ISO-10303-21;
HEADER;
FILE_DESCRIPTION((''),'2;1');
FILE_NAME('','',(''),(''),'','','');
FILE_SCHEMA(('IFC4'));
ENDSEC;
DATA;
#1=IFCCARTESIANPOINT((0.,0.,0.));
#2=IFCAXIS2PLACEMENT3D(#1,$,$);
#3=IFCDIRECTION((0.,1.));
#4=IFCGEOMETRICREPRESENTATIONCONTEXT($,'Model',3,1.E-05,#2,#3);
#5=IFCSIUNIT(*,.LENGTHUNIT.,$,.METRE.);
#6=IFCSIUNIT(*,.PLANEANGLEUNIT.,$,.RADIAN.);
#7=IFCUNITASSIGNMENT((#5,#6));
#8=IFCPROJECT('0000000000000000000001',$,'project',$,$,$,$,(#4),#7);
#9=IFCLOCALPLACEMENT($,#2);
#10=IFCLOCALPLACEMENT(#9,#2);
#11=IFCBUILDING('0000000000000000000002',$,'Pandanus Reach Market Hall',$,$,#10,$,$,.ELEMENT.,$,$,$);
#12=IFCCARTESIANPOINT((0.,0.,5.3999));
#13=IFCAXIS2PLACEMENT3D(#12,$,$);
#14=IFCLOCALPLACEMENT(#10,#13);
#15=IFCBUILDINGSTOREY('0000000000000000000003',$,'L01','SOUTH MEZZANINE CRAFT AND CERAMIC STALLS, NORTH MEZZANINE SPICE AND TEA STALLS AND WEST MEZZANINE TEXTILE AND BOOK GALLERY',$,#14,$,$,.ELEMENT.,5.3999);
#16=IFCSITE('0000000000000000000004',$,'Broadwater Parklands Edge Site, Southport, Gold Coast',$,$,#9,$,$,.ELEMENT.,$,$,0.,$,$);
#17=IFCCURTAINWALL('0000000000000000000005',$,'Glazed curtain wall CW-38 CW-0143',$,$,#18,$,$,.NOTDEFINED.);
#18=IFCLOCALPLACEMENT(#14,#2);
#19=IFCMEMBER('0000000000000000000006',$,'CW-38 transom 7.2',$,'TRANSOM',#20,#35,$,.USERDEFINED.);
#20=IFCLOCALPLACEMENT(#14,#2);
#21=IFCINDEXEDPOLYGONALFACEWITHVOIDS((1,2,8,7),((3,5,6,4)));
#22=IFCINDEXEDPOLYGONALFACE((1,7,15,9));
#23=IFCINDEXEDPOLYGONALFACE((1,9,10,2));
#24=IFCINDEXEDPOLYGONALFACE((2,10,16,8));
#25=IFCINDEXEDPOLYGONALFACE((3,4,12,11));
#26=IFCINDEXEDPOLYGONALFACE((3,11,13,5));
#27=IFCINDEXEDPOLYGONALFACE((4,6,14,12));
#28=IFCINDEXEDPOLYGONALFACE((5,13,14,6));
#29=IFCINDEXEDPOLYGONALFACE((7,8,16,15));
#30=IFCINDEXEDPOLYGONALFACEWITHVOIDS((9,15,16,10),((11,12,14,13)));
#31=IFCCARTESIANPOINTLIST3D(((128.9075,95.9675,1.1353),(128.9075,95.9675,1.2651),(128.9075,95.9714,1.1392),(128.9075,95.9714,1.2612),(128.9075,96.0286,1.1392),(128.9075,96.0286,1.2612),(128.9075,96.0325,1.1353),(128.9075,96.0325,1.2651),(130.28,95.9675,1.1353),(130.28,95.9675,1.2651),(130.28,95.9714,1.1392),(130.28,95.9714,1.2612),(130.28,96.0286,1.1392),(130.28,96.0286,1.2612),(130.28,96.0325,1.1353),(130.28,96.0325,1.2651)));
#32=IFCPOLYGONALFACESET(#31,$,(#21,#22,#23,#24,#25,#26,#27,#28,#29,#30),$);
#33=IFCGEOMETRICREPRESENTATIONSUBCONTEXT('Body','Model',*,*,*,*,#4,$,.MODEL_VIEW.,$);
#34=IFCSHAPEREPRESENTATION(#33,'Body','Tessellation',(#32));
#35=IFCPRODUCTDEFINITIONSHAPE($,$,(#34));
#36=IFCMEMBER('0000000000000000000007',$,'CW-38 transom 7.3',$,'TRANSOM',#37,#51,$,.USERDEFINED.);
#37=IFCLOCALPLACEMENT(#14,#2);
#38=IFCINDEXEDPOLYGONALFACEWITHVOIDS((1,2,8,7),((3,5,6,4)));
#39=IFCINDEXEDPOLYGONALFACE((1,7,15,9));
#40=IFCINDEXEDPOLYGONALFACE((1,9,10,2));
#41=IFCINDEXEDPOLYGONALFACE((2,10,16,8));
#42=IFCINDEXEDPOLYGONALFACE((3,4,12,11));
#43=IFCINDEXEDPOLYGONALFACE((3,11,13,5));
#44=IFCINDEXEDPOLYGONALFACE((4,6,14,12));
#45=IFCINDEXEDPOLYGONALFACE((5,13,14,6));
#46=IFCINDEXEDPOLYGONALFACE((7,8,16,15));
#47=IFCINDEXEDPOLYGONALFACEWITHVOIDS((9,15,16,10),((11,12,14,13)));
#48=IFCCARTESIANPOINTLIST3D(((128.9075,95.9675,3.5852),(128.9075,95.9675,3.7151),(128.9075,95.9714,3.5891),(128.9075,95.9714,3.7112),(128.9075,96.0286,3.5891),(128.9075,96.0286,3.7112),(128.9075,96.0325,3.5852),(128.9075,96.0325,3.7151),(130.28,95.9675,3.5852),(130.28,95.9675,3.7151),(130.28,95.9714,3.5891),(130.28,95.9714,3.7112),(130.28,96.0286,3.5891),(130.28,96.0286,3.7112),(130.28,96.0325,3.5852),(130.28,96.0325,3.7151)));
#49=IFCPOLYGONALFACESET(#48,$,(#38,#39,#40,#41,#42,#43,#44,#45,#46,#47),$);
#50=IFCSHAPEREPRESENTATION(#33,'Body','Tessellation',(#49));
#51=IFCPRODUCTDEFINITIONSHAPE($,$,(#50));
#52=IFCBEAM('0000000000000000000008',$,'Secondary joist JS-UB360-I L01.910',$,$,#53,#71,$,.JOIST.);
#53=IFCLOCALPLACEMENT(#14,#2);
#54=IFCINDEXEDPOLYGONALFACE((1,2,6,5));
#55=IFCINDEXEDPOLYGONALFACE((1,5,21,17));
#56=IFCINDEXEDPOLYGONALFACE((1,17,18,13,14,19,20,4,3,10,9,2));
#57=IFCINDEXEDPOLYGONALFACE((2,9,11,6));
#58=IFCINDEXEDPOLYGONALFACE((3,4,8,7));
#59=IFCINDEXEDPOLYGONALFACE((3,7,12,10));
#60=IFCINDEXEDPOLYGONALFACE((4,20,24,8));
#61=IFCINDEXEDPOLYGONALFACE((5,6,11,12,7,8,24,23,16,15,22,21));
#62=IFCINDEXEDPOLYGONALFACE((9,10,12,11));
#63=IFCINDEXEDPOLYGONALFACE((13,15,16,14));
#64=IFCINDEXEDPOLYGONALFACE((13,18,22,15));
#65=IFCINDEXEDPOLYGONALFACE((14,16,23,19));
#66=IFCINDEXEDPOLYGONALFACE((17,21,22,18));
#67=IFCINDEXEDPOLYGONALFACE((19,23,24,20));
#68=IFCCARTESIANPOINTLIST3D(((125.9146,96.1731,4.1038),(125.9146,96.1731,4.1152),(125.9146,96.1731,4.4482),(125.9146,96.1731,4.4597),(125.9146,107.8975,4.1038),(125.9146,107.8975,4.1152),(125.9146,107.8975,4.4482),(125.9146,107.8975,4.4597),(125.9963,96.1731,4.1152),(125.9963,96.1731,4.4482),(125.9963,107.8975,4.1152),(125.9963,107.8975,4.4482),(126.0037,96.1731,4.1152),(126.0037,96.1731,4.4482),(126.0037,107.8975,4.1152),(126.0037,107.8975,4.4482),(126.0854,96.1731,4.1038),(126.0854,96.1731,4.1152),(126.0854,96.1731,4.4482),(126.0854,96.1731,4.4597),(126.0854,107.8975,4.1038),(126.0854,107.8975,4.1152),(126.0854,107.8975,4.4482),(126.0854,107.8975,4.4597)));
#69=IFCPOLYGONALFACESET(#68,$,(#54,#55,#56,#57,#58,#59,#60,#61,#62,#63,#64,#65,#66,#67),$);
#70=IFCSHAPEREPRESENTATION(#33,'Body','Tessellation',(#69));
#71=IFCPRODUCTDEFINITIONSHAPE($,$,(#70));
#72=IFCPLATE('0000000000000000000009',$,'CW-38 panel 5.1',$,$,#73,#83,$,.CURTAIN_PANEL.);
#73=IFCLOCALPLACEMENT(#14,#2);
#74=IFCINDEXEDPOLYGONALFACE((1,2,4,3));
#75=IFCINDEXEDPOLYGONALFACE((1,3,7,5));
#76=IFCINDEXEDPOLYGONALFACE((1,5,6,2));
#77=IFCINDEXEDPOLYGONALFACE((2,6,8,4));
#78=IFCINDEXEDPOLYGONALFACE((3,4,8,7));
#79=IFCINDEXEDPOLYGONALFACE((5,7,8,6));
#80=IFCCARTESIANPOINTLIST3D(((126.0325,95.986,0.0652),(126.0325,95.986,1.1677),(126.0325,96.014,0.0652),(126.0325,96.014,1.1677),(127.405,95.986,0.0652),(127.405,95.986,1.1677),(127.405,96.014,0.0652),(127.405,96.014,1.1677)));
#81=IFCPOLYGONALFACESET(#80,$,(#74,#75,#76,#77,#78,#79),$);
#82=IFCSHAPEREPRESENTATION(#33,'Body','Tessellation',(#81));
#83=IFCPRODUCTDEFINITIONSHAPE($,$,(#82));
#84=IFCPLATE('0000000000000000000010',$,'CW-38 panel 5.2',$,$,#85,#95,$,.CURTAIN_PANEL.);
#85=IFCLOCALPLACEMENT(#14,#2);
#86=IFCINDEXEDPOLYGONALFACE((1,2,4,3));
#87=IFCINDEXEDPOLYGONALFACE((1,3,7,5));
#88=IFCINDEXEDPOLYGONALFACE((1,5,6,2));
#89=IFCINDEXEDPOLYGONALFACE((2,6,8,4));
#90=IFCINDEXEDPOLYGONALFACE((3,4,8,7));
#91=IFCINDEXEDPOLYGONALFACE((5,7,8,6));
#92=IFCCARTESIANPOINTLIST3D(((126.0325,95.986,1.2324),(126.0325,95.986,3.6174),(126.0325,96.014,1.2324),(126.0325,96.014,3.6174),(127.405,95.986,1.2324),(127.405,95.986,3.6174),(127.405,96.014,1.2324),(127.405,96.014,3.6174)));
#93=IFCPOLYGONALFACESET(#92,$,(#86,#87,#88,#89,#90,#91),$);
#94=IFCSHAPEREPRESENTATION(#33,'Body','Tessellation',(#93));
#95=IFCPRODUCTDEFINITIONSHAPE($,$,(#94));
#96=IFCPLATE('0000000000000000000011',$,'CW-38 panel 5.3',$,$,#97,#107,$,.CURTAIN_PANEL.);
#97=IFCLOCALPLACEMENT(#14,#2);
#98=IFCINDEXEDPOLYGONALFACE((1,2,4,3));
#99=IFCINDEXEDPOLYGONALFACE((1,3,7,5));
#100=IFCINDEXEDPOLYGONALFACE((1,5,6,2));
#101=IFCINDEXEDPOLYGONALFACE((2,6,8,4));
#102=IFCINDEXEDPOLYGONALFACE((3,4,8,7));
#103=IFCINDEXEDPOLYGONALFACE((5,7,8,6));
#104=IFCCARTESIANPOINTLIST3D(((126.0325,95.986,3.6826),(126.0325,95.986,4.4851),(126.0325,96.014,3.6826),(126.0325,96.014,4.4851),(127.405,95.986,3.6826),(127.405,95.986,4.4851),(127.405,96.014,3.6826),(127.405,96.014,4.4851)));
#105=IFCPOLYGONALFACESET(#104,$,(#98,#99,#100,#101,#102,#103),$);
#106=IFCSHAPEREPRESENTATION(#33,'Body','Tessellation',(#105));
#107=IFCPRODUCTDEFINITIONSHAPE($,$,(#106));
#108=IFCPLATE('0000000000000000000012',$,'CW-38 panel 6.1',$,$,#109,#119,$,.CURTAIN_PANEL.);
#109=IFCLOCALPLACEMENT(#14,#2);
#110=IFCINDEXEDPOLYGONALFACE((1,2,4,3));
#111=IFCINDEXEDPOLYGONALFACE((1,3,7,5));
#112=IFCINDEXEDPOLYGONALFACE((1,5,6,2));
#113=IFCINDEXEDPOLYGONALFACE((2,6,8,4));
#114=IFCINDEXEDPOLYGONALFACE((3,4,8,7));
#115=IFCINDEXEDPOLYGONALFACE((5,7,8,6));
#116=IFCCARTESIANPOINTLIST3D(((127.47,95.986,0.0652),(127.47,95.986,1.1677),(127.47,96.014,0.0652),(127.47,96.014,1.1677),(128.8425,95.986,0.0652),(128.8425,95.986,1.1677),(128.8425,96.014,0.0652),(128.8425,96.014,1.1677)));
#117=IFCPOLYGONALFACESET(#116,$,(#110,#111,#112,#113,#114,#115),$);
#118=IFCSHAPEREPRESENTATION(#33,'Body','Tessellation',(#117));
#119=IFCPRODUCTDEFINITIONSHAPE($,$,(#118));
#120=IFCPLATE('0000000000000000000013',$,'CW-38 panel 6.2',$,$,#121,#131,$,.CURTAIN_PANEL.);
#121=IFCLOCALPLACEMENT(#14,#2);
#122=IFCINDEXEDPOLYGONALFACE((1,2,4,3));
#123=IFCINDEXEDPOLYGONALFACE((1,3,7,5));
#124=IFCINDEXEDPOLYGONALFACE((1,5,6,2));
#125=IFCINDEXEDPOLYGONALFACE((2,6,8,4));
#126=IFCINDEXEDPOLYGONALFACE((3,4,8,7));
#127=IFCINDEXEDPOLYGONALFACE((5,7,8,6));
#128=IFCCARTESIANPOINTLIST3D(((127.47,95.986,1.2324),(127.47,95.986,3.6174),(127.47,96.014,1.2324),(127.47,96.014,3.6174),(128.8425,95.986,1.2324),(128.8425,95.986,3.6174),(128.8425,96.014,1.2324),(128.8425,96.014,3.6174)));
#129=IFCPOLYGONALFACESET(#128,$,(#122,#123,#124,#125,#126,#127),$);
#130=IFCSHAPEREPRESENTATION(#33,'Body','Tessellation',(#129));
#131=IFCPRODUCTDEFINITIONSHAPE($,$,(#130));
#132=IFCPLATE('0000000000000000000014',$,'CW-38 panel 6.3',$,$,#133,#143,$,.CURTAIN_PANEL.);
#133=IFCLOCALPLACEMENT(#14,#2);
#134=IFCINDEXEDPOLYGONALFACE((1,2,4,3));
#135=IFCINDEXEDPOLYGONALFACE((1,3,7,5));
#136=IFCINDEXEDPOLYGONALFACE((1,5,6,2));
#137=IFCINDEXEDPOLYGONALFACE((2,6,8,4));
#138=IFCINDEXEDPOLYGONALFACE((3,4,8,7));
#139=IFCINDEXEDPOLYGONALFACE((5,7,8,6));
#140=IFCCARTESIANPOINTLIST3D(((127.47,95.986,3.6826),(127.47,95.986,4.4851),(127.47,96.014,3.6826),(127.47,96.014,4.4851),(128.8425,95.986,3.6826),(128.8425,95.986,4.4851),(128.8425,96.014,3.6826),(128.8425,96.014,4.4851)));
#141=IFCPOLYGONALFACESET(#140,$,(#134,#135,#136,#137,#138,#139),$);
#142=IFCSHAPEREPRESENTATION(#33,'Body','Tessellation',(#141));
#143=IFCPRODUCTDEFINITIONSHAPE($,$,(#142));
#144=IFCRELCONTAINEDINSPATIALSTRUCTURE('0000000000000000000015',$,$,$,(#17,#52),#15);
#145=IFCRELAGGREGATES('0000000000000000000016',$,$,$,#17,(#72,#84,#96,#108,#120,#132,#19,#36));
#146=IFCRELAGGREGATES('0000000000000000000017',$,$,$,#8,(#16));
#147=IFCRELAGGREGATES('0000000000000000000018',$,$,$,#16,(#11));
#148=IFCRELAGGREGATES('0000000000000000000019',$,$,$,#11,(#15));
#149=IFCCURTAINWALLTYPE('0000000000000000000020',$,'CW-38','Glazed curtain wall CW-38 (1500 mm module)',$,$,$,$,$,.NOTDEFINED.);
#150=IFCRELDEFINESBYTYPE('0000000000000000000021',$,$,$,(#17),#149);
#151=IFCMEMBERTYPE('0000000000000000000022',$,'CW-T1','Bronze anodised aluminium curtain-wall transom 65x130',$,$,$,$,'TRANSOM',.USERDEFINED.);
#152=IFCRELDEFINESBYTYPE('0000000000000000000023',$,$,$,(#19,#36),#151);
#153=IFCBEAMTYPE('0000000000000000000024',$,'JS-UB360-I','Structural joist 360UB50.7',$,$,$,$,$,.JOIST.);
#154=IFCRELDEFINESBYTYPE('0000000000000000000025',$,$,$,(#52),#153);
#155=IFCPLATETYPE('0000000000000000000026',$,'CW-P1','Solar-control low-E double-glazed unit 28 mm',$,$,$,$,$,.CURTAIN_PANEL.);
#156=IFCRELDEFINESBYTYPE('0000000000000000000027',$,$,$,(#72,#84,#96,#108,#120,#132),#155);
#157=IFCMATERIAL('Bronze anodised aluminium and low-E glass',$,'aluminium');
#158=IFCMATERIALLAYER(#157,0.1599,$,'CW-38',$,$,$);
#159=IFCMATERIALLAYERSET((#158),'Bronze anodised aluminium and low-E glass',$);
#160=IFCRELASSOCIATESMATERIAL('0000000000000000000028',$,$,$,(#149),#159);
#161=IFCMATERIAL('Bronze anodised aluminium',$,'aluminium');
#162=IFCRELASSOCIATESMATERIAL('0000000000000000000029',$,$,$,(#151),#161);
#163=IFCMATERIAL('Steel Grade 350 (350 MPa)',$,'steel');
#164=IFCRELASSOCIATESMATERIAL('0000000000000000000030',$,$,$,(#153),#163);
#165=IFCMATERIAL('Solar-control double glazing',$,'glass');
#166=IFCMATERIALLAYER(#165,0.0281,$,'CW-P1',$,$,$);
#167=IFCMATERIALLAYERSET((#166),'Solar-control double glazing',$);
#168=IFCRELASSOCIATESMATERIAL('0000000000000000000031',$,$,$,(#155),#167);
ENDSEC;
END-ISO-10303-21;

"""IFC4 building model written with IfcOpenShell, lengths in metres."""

from ifc_helpers import new_model, si_unit, direction, frame, origin, origin_2d, place, context, subcontext, project, spatial, rectangle, hollow_rectangle, i_section, extrude, material, layer, layer_set, material_profile, profile_set, type_object, element, aggregate, save


model = new_model("IFC4")

# Units and contexts
model_context = context("Model", 3, precision=1e-05, world=origin(), true_north=direction((0.0, 1.0)))
body_context = subcontext(model_context, "Body", "Model", "MODEL_VIEW")
ifc_project = project(units=[si_unit("LENGTHUNIT", "METRE"), si_unit("PLANEANGLEUNIT", "RADIAN")], contexts=[model_context])

# Site, building, storey
site_placement = place(None, origin())
site = spatial("IfcSite", under=ifc_project, at=site_placement, Name="Broadwater Parklands Edge Site, Southport, Gold Coast", CompositionType="ELEMENT", RefElevation=0.0)
building_placement = place(site_placement, origin())
building = spatial("IfcBuilding", under=site, at=building_placement, Name="Pandanus Reach Market Hall", CompositionType="ELEMENT")
storey_placement = place(building_placement, frame((0.0, 0.0, 5.3999)))
storey = spatial("IfcBuildingStorey", under=building, at=storey_placement, Name="L01", Description="SOUTH MEZZANINE CRAFT AND CERAMIC STALLS, NORTH MEZZANINE SPICE AND TEA STALLS AND WEST MEZZANINE TEXTILE AND BOOK GALLERY", CompositionType="ELEMENT", Elevation=5.3999)

# Curtain wall, members
ifc_material_1 = material(Name="Bronze anodised aluminium and low-E glass", Category="aluminium")
ifc_layer_1 = layer(ifc_material_1, 0.1599, Name="CW-38")
ifc_layer_set_1 = layer_set([ifc_layer_1], Name="Bronze anodised aluminium and low-E glass")
curtain_wall_type = type_object("IfcCurtainWallType", Name="CW-38", Description="Glazed curtain wall CW-38 (1500 mm module)", PredefinedType="NOTDEFINED", material=ifc_layer_set_1)
curtain_wall_placement = place(storey_placement, origin())
curtain_wall = element("IfcCurtainWall", 1, at=curtain_wall_placement, inside=storey, type_object=curtain_wall_type, Name="Glazed curtain wall CW-38 CW-0143", PredefinedType="NOTDEFINED")
ifc_material_2 = material(Name="Bronze anodised aluminium", Category="aluminium")
ifc_material_profile_1 = material_profile(ifc_material_2, hollow_rectangle(XDim=0.0649, YDim=0.1299, WallThickness=0.0039, at=origin_2d()), Name="ALU65x130", Category="LoadBearing")
ifc_profile_set_1 = profile_set([ifc_material_profile_1], Name="Bronze anodised aluminium")
member_type_1 = type_object("IfcMemberType", Name="CW-T1", Description="Bronze anodised aluminium curtain-wall transom 65x130", ElementType="TRANSOM", PredefinedType="USERDEFINED", material=ifc_profile_set_1)
member_1_placement = place(storey_placement, frame((128.9075, 96.0, 1.2002), z_axis=(1.0, 0.0, 0.0), x_axis=(0.0, 1.0, 0.0)))
member_1 = element("IfcMember", 2, at=member_1_placement, type_object=member_type_1, Name="CW-38 transom 7.2", ObjectType="TRANSOM", PredefinedType="USERDEFINED", context=body_context, shape_type="SweptSolid", body=[
    extrude(hollow_rectangle(XDim=0.0649, YDim=0.1299, WallThickness=0.0039, at=origin_2d()), origin(), (0.0, 0.0, 1.0), 1.3726),
])
member_2_placement = place(storey_placement, frame((128.9075, 96.0, 3.6501), z_axis=(1.0, 0.0, 0.0), x_axis=(0.0, 1.0, 0.0)))
member_2 = element("IfcMember", 3, at=member_2_placement, type_object=member_type_1, Name="CW-38 transom 7.3", ObjectType="TRANSOM", PredefinedType="USERDEFINED", context=body_context, shape_type="SweptSolid", body=[
    extrude(hollow_rectangle(XDim=0.0649, YDim=0.1299, WallThickness=0.0039, at=origin_2d()), origin(), (0.0, 0.0, 1.0), 1.3726),
])

# Beam
ifc_material_3 = material(Name="Steel Grade 350 (350 MPa)", Category="steel")
ifc_material_profile_2 = material_profile(ifc_material_3, i_section(OverallWidth=0.1709, OverallDepth=0.356, WebThickness=0.0073, FlangeThickness=0.0115, at=origin_2d()), Name="360UB50.7", Category="LoadBearing")
ifc_profile_set_2 = profile_set([ifc_material_profile_2], Name="Steel Grade 350 (350 MPa)")
beam_type = type_object("IfcBeamType", Name="JS-UB360-I", Description="Structural joist 360UB50.7", PredefinedType="JOIST", material=ifc_profile_set_2)
beam_placement = place(storey_placement, frame((126.0, 96.1731, 4.2817), z_axis=(0.0, 1.0, 0.0), x_axis=(-1.0, 0.0, 0.0)))
element("IfcBeam", 4, at=beam_placement, inside=storey, type_object=beam_type, Name="Secondary joist JS-UB360-I L01.910", PredefinedType="JOIST", context=body_context, shape_type="SweptSolid", body=[
    extrude(i_section(OverallWidth=0.1709, OverallDepth=0.356, WebThickness=0.0073, FlangeThickness=0.0115, at=origin_2d()), origin(), (0.0, 0.0, 1.0), 11.7244),
])

# Plates
ifc_material_4 = material(Name="Solar-control double glazing", Category="glass")
ifc_layer_2 = layer(ifc_material_4, 0.0281, Name="CW-P1")
ifc_layer_set_2 = layer_set([ifc_layer_2], Name="Solar-control double glazing")
plate_type = type_object("IfcPlateType", Name="CW-P1", Description="Solar-control low-E double-glazed unit 28 mm", PredefinedType="CURTAIN_PANEL", material=ifc_layer_set_2)
plate_1_placement = place(storey_placement, frame((126.7188, 96.0, 0.0652), z_axis=(0.0, 0.0, 1.0), x_axis=(1.0, 0.0, 0.0)))
plate_1 = element("IfcPlate", 5, at=plate_1_placement, type_object=plate_type, Name="CW-38 panel 5.1", PredefinedType="CURTAIN_PANEL", context=body_context, shape_type="SweptSolid", body=[
    extrude(rectangle(XDim=1.3726, YDim=0.0281, at=origin_2d()), origin(), (0.0, 0.0, 1.0), 1.1025),
])
plate_2_placement = place(storey_placement, frame((126.7188, 96.0, 1.2324), z_axis=(0.0, 0.0, 1.0), x_axis=(1.0, 0.0, 0.0)))
plate_2 = element("IfcPlate", 6, at=plate_2_placement, type_object=plate_type, Name="CW-38 panel 5.2", PredefinedType="CURTAIN_PANEL", context=body_context, shape_type="SweptSolid", body=[
    extrude(rectangle(XDim=1.3726, YDim=0.0281, at=origin_2d()), origin(), (0.0, 0.0, 1.0), 2.385),
])
plate_3_placement = place(storey_placement, frame((126.7188, 96.0, 3.6826), z_axis=(0.0, 0.0, 1.0), x_axis=(1.0, 0.0, 0.0)))
plate_3 = element("IfcPlate", 7, at=plate_3_placement, type_object=plate_type, Name="CW-38 panel 5.3", PredefinedType="CURTAIN_PANEL", context=body_context, shape_type="SweptSolid", body=[
    extrude(rectangle(XDim=1.3726, YDim=0.0281, at=origin_2d()), origin(), (0.0, 0.0, 1.0), 0.8025),
])
plate_4_placement = place(storey_placement, frame((128.1562, 96.0, 0.0652), z_axis=(0.0, 0.0, 1.0), x_axis=(1.0, 0.0, 0.0)))
plate_4 = element("IfcPlate", 8, at=plate_4_placement, type_object=plate_type, Name="CW-38 panel 6.1", PredefinedType="CURTAIN_PANEL", context=body_context, shape_type="SweptSolid", body=[
    extrude(rectangle(XDim=1.3726, YDim=0.0281, at=origin_2d()), origin(), (0.0, 0.0, 1.0), 1.1025),
])
plate_5_placement = place(storey_placement, frame((128.1562, 96.0, 1.2324), z_axis=(0.0, 0.0, 1.0), x_axis=(1.0, 0.0, 0.0)))
plate_5 = element("IfcPlate", 9, at=plate_5_placement, type_object=plate_type, Name="CW-38 panel 6.2", PredefinedType="CURTAIN_PANEL", context=body_context, shape_type="SweptSolid", body=[
    extrude(rectangle(XDim=1.3726, YDim=0.0281, at=origin_2d()), origin(), (0.0, 0.0, 1.0), 2.385),
])
plate_6_placement = place(storey_placement, frame((128.1562, 96.0, 3.6826), z_axis=(0.0, 0.0, 1.0), x_axis=(1.0, 0.0, 0.0)))
plate_6 = element("IfcPlate", 10, at=plate_6_placement, type_object=plate_type, Name="CW-38 panel 6.3", PredefinedType="CURTAIN_PANEL", context=body_context, shape_type="SweptSolid", body=[
    extrude(rectangle(XDim=1.3726, YDim=0.0281, at=origin_2d()), origin(), (0.0, 0.0, 1.0), 0.8025),
])
aggregate(curtain_wall, [plate_1, plate_2, plate_3, plate_4, plate_5, plate_6, member_1, member_2])

save(model, "model.ifc")
